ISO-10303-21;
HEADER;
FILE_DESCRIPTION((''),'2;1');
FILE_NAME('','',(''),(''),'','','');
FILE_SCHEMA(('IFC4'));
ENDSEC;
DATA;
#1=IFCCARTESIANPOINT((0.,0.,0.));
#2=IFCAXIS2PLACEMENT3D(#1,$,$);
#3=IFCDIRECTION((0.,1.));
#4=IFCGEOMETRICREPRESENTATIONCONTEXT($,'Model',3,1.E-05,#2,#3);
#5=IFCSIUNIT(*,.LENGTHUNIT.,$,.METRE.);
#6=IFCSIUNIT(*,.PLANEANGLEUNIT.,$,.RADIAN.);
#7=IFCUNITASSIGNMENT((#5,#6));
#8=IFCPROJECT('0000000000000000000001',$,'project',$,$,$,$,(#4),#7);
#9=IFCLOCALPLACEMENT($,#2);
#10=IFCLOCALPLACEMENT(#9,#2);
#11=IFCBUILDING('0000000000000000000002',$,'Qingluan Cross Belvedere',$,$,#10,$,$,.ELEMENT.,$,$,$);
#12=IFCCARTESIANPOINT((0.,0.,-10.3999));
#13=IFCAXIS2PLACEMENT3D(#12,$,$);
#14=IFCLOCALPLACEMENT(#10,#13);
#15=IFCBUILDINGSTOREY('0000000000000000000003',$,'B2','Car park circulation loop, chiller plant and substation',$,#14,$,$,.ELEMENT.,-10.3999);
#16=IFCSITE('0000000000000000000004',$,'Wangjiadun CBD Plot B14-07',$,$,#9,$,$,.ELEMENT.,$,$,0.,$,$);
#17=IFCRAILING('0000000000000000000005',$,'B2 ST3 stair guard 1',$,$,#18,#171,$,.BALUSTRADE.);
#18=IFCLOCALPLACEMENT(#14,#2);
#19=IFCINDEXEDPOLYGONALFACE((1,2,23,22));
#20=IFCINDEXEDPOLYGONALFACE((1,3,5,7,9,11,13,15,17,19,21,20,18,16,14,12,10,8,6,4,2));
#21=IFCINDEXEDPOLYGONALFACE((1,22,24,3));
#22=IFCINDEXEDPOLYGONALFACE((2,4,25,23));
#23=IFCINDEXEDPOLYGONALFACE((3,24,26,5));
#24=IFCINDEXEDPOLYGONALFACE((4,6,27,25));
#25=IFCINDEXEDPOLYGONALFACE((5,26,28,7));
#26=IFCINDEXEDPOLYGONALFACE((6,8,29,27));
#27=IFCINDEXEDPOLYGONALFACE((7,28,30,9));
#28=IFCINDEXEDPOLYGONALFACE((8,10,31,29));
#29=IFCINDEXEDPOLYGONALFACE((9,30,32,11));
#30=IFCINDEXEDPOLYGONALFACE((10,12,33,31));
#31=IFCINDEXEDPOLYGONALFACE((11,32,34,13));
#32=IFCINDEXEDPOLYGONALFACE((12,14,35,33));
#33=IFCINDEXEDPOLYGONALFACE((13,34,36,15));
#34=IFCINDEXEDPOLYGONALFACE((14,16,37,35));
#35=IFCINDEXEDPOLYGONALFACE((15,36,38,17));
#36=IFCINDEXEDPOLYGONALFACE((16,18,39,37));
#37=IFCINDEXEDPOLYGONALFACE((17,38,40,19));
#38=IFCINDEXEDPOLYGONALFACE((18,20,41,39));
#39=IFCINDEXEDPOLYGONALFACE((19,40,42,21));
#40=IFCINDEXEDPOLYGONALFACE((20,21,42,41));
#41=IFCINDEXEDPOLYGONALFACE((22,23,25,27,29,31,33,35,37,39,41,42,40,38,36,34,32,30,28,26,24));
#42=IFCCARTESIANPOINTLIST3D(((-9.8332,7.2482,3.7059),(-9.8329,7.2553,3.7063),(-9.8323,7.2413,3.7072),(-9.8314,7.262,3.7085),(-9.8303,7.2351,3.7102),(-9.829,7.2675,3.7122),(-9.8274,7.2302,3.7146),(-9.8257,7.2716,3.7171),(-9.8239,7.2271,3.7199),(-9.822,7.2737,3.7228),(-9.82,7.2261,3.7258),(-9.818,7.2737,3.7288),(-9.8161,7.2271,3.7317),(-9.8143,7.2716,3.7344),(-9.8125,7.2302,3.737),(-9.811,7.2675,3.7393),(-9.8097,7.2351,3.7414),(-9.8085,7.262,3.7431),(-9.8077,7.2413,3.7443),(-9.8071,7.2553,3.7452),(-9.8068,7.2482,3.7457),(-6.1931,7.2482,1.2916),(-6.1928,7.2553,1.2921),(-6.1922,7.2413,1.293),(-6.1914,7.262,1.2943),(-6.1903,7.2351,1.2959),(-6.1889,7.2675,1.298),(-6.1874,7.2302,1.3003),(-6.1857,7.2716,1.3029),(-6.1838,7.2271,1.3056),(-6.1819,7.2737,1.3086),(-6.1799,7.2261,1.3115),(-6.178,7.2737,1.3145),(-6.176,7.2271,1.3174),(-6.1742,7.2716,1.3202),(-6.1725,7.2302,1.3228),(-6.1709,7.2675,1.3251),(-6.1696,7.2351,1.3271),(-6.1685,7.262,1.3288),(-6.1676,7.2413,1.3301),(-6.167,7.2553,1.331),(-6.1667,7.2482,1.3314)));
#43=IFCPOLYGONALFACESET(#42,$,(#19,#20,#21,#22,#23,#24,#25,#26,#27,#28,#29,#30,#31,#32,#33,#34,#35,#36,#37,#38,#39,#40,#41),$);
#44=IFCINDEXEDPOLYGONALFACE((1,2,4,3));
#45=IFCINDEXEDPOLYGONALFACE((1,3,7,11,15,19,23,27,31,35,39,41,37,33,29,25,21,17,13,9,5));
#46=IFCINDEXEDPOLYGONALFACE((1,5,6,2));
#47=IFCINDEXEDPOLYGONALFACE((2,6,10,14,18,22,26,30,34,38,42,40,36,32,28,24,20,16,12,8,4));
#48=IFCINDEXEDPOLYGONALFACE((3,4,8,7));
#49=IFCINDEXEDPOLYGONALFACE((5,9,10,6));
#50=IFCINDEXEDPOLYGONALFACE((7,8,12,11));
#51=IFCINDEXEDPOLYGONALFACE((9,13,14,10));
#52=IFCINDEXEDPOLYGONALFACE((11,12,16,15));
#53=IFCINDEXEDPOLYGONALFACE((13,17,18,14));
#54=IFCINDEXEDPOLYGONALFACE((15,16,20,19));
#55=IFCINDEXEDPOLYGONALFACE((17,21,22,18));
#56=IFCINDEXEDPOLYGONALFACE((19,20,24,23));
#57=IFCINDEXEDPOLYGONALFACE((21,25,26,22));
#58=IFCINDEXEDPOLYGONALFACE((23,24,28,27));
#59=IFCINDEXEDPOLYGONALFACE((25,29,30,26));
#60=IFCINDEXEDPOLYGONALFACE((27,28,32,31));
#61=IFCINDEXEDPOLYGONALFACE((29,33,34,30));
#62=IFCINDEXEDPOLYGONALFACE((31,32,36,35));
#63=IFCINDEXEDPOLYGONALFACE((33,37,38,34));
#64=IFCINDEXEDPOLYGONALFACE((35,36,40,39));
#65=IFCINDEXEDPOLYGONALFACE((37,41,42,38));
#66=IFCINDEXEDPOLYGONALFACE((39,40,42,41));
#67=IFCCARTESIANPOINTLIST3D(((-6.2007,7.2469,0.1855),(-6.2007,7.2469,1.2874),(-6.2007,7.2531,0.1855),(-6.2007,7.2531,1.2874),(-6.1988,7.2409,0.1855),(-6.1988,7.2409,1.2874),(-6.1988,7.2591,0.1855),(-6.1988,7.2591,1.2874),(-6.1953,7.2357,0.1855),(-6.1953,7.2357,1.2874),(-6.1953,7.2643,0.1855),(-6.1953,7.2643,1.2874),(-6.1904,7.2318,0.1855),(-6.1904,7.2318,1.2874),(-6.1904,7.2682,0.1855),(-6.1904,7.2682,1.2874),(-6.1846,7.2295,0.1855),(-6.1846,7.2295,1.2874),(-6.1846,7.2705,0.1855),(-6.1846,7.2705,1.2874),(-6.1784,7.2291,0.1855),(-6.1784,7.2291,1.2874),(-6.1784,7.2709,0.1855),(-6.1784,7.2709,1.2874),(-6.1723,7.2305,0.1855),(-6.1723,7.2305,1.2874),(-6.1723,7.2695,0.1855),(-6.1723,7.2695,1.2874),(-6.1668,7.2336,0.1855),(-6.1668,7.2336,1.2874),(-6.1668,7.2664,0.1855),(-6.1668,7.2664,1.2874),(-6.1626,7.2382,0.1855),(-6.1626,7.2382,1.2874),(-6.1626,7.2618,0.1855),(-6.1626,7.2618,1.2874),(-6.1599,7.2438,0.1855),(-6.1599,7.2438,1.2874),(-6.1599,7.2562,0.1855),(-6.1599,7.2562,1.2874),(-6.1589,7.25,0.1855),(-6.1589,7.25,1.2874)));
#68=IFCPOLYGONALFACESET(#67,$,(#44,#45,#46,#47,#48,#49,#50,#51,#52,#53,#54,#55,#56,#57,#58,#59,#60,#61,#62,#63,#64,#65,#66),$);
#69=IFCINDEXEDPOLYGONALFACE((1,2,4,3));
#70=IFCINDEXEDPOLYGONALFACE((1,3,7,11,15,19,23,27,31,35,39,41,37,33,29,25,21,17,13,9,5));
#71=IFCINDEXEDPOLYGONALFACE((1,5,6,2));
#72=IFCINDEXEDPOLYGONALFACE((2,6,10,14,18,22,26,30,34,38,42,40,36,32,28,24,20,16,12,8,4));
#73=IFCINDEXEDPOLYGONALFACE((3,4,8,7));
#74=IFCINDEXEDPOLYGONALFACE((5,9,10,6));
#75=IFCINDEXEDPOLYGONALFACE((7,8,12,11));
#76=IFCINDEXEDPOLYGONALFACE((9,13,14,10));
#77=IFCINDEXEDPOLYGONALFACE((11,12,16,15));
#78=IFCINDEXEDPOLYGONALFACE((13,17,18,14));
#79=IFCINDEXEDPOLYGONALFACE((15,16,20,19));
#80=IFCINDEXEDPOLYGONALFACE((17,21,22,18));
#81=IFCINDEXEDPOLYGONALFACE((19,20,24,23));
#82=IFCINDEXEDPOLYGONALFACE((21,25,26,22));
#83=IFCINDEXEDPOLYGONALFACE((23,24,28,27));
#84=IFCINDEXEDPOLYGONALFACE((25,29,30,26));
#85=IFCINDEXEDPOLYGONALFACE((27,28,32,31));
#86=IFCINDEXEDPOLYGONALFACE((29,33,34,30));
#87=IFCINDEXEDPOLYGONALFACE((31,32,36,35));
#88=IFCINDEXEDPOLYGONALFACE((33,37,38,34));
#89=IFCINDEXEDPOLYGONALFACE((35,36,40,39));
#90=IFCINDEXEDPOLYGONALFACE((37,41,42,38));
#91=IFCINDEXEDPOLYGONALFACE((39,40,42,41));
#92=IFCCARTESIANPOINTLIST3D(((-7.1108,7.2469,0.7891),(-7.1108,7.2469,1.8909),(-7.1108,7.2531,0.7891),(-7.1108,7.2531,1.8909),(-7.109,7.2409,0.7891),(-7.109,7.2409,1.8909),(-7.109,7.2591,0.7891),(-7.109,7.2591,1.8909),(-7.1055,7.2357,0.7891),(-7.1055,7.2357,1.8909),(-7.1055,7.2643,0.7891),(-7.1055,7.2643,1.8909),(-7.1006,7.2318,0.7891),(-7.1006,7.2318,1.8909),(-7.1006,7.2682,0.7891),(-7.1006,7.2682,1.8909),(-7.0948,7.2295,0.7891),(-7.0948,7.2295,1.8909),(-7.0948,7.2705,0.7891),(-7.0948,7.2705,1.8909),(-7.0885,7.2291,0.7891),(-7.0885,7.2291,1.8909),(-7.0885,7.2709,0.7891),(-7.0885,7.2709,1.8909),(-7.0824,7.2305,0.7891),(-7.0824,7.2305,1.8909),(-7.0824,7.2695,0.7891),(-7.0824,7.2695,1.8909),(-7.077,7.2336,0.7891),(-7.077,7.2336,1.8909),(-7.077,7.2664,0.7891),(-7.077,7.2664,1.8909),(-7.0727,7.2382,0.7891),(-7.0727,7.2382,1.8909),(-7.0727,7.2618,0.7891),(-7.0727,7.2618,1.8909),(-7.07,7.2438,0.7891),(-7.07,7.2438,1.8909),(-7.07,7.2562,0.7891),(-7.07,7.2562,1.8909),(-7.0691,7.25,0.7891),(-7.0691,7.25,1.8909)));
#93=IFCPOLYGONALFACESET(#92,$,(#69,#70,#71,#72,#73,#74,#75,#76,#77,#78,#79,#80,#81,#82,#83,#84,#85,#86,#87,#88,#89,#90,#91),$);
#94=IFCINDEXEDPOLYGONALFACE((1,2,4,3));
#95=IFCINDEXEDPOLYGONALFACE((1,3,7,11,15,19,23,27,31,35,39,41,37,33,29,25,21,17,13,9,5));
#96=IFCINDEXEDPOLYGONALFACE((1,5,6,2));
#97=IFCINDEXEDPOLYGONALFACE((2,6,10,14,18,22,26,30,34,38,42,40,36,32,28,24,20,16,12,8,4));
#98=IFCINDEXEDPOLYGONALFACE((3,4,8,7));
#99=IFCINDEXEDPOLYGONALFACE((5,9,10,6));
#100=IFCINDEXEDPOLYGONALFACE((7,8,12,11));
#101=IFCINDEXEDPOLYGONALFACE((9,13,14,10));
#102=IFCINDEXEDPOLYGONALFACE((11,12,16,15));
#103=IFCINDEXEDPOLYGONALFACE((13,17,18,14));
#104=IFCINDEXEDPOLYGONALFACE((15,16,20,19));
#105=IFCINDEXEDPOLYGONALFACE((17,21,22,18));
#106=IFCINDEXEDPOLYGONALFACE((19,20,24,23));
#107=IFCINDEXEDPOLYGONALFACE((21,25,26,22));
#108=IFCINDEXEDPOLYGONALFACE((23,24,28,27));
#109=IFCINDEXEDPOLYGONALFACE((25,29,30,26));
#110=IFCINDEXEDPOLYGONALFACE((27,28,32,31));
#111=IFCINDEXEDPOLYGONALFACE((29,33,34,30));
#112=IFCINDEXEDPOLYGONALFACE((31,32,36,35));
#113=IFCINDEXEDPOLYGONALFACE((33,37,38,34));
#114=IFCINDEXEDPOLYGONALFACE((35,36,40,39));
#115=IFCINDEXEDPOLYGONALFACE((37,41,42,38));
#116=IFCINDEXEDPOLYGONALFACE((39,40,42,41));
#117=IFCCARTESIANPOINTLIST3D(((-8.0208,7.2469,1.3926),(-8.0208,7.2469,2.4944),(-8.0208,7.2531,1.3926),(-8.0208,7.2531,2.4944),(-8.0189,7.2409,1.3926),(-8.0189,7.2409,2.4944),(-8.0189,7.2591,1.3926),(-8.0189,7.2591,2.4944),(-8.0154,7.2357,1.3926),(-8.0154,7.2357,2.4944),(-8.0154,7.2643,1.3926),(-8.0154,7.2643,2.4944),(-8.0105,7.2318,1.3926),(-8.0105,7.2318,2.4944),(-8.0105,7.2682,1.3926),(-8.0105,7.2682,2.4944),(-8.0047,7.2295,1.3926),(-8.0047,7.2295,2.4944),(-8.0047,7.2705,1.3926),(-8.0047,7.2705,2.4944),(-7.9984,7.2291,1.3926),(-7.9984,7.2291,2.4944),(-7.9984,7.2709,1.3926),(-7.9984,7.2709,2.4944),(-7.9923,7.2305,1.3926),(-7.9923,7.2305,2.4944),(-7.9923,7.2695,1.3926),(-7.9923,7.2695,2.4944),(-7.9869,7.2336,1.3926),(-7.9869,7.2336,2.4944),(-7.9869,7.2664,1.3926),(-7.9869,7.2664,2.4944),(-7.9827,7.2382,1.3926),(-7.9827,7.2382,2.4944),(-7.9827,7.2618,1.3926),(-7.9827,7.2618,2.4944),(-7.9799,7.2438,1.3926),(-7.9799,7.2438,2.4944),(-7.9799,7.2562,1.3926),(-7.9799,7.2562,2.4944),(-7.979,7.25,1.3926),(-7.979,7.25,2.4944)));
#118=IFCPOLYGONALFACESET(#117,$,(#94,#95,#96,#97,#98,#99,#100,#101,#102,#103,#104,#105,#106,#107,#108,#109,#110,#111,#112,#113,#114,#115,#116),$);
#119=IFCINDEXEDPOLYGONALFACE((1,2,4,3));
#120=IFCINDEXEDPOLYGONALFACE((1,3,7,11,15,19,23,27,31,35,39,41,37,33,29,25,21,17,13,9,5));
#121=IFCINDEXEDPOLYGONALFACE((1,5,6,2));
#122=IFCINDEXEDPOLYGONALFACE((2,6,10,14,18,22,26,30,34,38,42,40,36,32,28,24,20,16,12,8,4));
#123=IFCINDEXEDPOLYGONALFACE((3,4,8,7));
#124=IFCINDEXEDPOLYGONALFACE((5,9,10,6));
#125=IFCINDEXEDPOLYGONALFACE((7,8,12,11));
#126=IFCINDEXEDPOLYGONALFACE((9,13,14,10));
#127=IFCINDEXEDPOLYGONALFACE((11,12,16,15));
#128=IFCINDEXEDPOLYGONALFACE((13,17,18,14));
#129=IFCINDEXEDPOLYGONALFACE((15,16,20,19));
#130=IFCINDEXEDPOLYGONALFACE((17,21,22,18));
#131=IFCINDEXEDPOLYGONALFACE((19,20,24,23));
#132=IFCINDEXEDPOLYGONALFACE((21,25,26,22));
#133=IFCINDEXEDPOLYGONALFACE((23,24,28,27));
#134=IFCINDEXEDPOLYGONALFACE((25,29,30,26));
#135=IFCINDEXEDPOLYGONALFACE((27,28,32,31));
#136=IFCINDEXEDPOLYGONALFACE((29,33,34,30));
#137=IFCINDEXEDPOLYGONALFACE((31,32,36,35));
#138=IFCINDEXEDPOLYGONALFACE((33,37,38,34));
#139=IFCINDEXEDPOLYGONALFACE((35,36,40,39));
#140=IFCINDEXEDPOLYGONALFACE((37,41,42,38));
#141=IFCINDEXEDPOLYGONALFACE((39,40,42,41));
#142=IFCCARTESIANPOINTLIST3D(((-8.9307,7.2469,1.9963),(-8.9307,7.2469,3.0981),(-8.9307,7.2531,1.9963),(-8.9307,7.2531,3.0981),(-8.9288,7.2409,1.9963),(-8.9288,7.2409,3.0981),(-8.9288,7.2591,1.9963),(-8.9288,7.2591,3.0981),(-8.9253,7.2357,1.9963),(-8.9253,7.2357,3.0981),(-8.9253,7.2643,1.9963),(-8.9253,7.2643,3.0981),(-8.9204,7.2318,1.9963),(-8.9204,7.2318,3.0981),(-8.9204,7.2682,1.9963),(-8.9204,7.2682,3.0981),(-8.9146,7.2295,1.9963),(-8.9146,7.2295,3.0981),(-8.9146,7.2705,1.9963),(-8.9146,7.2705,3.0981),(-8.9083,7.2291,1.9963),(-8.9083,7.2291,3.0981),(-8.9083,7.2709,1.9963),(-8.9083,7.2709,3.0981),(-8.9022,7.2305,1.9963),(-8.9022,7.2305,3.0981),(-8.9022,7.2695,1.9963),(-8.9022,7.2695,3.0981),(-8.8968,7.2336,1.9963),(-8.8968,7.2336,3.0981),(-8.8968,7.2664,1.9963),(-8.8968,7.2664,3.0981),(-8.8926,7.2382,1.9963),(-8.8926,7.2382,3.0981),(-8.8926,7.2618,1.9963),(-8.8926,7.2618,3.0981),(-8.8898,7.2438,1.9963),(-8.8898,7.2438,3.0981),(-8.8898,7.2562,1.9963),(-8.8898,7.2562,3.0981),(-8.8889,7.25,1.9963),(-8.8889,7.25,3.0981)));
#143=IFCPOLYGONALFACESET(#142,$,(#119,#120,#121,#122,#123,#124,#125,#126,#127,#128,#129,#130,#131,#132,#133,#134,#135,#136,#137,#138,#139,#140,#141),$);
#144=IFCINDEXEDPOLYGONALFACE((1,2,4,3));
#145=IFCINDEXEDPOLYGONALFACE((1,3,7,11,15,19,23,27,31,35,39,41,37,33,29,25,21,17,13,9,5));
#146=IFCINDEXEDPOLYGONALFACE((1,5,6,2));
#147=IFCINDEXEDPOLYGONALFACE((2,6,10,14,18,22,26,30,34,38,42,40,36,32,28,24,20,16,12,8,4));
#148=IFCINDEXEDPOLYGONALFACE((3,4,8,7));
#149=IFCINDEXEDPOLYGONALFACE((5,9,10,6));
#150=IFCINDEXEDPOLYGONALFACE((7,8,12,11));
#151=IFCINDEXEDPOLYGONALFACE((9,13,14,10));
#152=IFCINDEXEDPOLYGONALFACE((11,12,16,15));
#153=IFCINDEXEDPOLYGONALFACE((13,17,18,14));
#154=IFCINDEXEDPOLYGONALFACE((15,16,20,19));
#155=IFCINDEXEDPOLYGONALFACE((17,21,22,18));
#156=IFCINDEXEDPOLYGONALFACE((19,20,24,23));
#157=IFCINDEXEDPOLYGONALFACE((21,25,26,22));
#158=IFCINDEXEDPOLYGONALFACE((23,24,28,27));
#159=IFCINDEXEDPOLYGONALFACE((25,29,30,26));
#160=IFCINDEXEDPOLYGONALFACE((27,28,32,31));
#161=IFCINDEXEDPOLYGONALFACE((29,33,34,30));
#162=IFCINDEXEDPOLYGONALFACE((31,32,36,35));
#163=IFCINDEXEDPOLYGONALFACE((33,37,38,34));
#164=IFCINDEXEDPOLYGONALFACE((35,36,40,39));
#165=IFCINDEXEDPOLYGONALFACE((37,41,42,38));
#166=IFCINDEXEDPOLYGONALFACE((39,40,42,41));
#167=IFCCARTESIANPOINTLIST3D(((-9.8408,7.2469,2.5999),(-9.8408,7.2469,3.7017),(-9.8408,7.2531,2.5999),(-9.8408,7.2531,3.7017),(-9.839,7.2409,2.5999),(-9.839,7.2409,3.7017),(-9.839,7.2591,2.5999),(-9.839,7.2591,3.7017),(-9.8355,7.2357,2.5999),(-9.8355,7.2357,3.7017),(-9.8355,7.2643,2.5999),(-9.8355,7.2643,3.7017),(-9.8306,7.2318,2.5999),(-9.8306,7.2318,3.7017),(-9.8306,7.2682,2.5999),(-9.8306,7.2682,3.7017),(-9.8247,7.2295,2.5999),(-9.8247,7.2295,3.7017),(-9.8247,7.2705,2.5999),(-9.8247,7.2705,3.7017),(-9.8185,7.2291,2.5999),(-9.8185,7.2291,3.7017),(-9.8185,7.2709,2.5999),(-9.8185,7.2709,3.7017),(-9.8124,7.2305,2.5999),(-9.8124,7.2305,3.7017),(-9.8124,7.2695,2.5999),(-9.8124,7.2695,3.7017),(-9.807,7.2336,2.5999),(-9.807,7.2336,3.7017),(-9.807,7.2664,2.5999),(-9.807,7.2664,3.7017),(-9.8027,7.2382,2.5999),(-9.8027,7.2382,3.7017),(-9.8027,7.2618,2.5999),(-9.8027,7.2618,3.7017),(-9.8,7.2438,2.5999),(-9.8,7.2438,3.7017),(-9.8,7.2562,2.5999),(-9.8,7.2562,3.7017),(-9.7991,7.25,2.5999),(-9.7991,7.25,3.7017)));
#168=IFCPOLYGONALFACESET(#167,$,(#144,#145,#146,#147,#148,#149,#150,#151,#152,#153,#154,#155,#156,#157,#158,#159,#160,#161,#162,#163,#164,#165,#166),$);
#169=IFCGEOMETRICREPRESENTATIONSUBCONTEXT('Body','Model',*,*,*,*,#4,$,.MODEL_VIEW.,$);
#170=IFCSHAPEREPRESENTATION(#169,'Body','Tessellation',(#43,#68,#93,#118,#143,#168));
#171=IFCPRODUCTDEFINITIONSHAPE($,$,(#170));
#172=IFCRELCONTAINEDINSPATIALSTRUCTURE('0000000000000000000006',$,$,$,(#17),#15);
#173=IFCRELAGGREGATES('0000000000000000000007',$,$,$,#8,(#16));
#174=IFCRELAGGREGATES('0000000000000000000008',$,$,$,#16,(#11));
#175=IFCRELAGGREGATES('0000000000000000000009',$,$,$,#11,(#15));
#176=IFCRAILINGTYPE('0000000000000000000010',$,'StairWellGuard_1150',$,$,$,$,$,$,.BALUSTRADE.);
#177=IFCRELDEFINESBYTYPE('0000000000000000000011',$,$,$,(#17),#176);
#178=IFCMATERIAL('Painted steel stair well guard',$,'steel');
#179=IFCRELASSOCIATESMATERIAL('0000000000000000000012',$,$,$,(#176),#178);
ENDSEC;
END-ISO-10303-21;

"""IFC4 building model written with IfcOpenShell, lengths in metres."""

from ifc_helpers import new_model, si_unit, direction, frame, origin, origin_2d, place, context, subcontext, project, spatial, circle, extrude, material, type_object, element, save


model = new_model("IFC4")

# Units and contexts
model_context = context("Model", 3, precision=1e-05, world=origin(), true_north=direction((0.0, 1.0)))
body_context = subcontext(model_context, "Body", "Model", "MODEL_VIEW")
ifc_project = project(units=[si_unit("LENGTHUNIT", "METRE"), si_unit("PLANEANGLEUNIT", "RADIAN")], contexts=[model_context])

# Site, building, storey
site_placement = place(None, origin())
site = spatial("IfcSite", under=ifc_project, at=site_placement, Name="Wangjiadun CBD Plot B14-07", CompositionType="ELEMENT", RefElevation=0.0)
building_placement = place(site_placement, origin())
building = spatial("IfcBuilding", under=site, at=building_placement, Name="Qingluan Cross Belvedere", CompositionType="ELEMENT")
storey_placement = place(building_placement, frame((0.0, 0.0, -10.3999)))
storey = spatial("IfcBuildingStorey", under=building, at=storey_placement, Name="B2", Description="Car park circulation loop, chiller plant and substation", CompositionType="ELEMENT", Elevation=-10.3999)

# Railing
ifc_material_1 = material(Name="Painted steel stair well guard", Category="steel")
railing_type_1 = type_object("IfcRailingType", Name="StairWellGuard_1150", PredefinedType="BALUSTRADE", material=ifc_material_1)
railing_1_placement = place(storey_placement, frame((-6.1799, 7.25, 0.1855)))
element("IfcRailing", 1, at=railing_1_placement, inside=storey, type_object=railing_type_1, Name="B2 ST3 stair guard 1", PredefinedType="BALUSTRADE", context=body_context, shape_type="SweptSolid", body=[
    extrude(circle(Radius=0.0239, at=origin_2d()), frame((0.0, 0.0, 1.126), z_axis=(-0.833364, 0.0, 0.552725), x_axis=(0.0, -1.0, 0.0)), (0.0, 0.0, 1.0), 4.3679),
    extrude(circle(Radius=0.021, at=origin_2d()), origin(), (0.0, 0.0, 1.0), 1.1018),
    extrude(circle(Radius=0.021, at=origin_2d()), frame((-0.9102, 0.0, 0.6035)), (0.0, 0.0, 1.0), 1.1018),
    extrude(circle(Radius=0.021, at=origin_2d()), frame((-1.8201, 0.0, 1.207)), (0.0, 0.0, 1.0), 1.1018),
    extrude(circle(Radius=0.021, at=origin_2d()), frame((-2.73, 0.0, 1.8108)), (0.0, 0.0, 1.0), 1.1018),
    extrude(circle(Radius=0.021, at=origin_2d()), frame((-3.6401, 0.0, 2.4143)), (0.0, 0.0, 1.0), 1.1018),
])

save(model, "model.ifc")
